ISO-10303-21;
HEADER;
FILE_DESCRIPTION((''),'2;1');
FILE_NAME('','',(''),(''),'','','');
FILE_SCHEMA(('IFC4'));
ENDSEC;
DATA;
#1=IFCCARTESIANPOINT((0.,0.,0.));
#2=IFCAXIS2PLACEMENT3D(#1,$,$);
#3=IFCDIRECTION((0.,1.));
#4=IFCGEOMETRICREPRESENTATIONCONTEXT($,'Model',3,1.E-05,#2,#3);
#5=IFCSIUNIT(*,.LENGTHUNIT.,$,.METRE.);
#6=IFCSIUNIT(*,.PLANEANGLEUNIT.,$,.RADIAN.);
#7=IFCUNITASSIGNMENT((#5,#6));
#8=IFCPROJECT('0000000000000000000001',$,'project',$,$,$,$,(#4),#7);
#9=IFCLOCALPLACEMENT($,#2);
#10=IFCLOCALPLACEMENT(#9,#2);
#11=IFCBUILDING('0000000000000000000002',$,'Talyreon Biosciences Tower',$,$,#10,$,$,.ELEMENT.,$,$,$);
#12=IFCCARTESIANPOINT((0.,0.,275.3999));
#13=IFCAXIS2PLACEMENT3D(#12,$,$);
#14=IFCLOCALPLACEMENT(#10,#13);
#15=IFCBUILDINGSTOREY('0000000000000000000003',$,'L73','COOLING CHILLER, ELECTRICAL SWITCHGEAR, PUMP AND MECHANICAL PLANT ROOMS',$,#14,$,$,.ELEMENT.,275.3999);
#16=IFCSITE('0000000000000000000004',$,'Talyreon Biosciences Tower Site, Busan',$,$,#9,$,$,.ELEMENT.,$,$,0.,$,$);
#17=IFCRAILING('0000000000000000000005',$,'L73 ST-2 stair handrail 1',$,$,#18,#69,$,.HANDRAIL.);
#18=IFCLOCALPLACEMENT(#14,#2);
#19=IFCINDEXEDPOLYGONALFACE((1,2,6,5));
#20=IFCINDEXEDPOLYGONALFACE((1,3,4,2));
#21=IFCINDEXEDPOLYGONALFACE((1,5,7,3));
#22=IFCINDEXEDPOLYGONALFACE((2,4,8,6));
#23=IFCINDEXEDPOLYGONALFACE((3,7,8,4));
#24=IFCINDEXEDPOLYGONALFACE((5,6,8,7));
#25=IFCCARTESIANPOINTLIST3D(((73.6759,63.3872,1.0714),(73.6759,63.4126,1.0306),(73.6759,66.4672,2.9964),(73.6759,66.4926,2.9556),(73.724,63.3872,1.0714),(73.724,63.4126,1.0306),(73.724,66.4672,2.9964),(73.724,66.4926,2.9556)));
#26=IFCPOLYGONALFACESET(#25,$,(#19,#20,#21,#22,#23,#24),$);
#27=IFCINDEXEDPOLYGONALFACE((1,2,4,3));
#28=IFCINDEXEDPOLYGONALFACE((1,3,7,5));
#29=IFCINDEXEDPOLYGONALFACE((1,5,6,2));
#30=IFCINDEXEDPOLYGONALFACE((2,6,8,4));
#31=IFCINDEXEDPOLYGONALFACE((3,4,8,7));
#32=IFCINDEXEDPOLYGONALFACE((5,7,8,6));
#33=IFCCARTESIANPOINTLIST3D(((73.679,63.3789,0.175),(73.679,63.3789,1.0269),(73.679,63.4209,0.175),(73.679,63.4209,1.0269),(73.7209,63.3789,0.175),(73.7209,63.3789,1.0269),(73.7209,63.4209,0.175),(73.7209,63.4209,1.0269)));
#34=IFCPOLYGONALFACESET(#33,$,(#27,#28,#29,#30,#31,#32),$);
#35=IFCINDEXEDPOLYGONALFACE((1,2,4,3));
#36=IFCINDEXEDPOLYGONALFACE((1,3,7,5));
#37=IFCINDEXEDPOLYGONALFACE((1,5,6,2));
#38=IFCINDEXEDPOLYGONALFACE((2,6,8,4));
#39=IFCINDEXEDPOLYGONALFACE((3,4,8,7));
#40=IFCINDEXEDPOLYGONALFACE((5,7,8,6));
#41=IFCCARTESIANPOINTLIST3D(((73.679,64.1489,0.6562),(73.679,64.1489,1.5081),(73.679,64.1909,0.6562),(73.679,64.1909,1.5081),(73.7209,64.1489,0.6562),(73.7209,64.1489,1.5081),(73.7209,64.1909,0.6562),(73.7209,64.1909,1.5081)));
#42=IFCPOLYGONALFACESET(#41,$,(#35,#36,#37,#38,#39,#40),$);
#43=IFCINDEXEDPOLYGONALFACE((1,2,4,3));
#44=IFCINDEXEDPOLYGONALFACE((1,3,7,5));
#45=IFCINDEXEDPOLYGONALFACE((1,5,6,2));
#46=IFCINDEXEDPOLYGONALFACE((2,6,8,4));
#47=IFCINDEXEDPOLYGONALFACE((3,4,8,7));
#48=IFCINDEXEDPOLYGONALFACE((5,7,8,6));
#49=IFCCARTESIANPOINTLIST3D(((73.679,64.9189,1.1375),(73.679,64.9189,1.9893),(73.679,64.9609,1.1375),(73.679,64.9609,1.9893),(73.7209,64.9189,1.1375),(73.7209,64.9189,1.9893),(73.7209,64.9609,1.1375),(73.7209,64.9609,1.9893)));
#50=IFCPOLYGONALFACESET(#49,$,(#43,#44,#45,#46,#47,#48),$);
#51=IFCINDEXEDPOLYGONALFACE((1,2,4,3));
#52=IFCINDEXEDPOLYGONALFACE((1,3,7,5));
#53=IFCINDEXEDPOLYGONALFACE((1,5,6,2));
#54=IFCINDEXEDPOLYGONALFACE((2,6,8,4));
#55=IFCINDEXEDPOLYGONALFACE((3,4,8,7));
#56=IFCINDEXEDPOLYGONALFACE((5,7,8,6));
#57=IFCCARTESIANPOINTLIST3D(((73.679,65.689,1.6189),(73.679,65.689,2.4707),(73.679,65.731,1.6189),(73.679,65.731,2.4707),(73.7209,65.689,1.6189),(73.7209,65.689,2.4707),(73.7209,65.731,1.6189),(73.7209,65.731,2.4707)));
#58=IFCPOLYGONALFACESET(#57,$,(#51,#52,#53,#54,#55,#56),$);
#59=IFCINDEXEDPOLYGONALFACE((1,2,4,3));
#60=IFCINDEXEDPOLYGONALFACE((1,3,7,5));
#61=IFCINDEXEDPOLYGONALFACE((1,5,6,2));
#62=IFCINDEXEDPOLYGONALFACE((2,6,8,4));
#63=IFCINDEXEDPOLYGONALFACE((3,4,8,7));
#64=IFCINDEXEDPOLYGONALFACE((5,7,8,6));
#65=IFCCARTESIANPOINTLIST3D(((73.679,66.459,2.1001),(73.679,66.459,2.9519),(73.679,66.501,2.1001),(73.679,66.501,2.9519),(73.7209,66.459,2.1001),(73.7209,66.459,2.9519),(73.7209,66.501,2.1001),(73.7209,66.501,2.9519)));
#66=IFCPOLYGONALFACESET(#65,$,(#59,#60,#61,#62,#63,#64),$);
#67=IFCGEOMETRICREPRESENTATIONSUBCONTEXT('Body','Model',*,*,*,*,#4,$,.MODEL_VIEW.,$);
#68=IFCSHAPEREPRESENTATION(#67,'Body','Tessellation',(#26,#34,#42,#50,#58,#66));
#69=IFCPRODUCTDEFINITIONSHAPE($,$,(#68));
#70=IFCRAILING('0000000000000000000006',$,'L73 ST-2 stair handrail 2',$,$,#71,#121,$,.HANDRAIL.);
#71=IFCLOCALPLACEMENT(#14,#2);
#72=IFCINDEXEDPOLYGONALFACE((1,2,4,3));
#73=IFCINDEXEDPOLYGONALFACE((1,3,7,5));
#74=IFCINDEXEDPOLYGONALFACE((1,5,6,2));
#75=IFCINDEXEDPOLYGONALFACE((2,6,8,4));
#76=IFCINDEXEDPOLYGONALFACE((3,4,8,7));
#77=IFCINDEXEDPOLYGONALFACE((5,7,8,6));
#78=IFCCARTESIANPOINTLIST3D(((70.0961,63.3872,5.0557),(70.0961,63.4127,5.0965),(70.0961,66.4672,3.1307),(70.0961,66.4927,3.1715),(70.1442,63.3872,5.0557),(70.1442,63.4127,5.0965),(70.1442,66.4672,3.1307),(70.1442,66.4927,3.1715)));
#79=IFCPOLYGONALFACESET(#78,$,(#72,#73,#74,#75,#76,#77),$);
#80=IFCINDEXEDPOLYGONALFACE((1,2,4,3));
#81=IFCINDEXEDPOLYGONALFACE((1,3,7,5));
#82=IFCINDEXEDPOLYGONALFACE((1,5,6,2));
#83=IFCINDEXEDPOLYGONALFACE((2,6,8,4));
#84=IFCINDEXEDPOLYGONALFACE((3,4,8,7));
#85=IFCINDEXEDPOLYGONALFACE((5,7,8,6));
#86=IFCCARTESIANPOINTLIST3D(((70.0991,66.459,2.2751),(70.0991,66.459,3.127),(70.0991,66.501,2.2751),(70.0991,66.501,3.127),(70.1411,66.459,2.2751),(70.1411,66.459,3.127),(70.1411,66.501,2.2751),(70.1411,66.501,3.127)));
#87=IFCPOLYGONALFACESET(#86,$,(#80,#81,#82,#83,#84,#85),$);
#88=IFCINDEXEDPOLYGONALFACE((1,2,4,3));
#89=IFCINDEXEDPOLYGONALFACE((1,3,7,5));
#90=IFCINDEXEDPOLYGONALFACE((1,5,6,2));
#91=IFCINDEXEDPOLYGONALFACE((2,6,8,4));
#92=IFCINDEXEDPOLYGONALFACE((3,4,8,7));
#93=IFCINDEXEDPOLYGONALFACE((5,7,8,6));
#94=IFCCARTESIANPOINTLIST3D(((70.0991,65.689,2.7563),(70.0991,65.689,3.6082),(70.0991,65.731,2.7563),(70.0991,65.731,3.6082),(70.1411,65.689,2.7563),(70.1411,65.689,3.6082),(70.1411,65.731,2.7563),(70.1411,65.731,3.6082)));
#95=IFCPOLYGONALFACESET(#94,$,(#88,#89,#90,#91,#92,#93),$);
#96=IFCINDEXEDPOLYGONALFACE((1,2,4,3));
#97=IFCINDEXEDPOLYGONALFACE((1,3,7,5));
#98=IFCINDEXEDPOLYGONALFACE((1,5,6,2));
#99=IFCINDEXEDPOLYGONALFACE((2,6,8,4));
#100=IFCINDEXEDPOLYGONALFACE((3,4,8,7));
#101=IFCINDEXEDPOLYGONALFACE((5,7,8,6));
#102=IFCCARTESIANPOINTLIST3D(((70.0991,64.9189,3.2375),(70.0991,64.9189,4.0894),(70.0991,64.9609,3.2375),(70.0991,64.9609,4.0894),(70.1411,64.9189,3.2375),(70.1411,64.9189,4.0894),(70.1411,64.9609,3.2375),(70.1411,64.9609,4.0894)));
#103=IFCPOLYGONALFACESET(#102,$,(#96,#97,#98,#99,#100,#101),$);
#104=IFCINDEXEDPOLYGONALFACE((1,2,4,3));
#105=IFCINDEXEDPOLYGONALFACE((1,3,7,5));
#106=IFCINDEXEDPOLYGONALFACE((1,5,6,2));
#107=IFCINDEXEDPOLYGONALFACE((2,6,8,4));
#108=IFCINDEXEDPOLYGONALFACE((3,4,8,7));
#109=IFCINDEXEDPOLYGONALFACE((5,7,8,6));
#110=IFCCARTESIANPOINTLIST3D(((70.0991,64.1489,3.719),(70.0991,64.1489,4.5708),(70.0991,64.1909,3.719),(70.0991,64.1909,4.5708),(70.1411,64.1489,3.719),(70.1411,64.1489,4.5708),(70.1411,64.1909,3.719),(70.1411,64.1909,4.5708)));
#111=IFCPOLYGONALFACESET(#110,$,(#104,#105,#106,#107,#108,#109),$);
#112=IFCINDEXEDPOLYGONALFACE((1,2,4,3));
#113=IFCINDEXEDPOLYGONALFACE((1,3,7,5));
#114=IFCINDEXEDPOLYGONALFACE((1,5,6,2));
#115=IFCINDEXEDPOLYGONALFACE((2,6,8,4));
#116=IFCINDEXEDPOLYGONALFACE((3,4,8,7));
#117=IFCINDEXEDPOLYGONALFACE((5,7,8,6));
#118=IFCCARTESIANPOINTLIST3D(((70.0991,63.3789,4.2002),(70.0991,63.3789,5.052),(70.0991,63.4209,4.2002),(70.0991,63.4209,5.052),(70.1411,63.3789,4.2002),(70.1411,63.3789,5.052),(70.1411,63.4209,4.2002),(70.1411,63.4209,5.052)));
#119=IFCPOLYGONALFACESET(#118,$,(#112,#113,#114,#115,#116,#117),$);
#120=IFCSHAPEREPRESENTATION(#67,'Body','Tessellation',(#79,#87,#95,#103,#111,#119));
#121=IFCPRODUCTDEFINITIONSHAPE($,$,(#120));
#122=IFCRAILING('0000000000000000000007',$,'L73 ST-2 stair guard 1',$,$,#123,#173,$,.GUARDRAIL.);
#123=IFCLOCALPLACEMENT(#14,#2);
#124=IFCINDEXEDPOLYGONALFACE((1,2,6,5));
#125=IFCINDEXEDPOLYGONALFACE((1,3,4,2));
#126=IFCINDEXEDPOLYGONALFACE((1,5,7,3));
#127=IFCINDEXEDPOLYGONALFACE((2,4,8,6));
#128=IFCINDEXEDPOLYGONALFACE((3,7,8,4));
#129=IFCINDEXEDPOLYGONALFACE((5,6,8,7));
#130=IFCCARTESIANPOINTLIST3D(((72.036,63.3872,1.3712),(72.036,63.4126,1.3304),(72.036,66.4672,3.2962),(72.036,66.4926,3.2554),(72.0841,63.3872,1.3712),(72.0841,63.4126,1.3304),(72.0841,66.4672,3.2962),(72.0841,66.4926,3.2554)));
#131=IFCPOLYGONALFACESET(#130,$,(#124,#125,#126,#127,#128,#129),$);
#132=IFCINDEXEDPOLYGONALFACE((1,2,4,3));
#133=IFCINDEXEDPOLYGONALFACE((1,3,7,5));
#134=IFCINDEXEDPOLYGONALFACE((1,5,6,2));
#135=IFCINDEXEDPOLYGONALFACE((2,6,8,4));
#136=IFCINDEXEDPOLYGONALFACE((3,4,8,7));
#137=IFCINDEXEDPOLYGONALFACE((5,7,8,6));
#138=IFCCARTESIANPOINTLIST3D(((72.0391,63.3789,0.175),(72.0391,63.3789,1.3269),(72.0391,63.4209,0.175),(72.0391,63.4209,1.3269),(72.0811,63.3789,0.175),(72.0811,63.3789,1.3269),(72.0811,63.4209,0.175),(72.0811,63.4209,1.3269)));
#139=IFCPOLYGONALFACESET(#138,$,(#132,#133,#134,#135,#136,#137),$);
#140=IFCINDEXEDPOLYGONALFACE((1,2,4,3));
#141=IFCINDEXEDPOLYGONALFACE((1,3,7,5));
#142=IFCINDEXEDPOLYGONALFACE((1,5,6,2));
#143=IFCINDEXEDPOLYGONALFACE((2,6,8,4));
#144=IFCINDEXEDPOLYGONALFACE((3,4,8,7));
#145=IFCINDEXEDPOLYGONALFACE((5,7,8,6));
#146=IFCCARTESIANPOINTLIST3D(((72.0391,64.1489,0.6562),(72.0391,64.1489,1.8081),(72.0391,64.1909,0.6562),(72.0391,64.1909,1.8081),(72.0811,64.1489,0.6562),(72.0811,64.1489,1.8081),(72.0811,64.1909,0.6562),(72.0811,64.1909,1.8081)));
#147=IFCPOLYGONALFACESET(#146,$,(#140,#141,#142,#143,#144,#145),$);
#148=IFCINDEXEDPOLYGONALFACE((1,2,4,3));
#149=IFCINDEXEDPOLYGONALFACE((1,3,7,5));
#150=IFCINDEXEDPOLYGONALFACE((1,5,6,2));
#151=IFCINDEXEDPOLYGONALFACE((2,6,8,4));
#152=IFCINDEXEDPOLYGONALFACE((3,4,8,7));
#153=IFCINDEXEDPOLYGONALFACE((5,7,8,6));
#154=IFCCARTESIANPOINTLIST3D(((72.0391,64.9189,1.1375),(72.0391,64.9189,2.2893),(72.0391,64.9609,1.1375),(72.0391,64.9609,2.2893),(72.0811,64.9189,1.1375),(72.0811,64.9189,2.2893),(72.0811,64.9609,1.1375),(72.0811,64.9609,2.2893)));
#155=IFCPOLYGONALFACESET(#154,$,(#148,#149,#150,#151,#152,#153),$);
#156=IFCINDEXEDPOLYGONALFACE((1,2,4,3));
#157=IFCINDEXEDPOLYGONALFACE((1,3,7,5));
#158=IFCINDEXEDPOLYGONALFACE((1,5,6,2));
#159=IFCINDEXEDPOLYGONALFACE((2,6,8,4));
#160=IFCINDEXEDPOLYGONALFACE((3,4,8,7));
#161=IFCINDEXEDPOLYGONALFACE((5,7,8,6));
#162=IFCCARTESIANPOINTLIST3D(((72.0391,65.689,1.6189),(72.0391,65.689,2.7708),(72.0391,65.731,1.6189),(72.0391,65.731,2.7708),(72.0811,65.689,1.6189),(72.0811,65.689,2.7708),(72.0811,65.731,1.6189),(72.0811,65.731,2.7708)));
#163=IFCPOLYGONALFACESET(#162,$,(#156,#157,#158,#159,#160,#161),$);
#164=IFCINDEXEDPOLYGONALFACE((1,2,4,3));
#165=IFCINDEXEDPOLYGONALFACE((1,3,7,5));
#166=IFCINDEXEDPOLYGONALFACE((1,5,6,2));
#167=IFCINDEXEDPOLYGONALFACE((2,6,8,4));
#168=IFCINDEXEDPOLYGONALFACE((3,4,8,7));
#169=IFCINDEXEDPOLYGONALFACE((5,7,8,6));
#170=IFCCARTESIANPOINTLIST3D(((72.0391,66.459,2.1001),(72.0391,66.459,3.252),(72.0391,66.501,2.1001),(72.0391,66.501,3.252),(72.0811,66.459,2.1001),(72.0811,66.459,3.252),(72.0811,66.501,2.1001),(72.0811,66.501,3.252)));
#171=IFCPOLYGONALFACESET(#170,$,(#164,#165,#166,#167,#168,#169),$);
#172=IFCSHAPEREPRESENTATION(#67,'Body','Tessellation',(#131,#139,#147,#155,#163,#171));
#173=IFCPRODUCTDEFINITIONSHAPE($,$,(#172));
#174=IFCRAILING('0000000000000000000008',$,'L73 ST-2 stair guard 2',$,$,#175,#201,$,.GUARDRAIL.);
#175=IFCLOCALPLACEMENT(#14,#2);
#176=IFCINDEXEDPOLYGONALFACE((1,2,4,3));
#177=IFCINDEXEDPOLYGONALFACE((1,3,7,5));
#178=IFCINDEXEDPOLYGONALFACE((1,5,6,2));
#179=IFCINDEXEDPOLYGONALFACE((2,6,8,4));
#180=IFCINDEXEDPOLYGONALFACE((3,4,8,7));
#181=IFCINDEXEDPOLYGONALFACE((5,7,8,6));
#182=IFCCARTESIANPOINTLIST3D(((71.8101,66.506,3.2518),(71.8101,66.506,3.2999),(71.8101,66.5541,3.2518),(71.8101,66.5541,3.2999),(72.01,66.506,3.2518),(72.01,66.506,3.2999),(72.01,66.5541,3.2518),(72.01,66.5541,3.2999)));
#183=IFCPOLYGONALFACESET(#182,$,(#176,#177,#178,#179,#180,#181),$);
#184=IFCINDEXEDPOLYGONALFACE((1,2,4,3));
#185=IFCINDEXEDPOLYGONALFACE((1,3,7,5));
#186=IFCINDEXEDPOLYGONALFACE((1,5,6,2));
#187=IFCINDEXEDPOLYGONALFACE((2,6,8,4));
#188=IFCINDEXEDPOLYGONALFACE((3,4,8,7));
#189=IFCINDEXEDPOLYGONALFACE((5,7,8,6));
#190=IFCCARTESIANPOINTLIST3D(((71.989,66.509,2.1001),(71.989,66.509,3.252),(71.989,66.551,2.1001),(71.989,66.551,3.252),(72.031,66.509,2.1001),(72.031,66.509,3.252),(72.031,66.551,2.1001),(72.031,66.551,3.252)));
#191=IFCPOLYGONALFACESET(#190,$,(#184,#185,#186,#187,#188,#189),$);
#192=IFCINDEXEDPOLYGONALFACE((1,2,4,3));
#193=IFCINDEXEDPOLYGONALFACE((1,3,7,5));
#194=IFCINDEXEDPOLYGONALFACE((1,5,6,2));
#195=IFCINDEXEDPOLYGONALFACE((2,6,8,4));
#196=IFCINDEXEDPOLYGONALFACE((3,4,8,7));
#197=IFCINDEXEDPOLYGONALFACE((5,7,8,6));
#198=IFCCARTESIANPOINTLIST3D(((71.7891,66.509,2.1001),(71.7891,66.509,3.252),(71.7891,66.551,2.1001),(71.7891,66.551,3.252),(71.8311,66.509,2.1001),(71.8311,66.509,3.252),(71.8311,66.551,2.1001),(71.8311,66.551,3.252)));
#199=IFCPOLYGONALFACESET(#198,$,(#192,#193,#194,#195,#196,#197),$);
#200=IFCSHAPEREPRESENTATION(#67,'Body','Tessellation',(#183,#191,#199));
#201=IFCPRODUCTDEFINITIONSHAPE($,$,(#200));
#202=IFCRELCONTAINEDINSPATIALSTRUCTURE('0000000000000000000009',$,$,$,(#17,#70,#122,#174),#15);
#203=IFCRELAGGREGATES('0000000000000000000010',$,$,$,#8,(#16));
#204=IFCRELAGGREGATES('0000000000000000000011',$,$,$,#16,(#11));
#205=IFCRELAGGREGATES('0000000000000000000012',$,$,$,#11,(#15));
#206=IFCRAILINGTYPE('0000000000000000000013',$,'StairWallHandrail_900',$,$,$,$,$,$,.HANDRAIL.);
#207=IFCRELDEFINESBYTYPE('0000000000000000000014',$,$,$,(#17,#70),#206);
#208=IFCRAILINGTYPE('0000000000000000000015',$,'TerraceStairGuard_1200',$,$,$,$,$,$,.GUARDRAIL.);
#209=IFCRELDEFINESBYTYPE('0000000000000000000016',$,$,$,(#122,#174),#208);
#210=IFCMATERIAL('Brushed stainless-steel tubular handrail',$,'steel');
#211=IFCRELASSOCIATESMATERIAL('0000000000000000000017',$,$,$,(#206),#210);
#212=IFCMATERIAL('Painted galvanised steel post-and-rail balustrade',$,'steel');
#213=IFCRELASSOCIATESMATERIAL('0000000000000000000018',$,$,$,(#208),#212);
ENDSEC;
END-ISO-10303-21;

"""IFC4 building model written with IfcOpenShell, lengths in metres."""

from ifc_helpers import new_model, si_unit, direction, frame, origin, origin_2d, place, context, subcontext, project, spatial, rectangle, extrude, material, type_object, element, save


model = new_model("IFC4")

# Units and contexts
model_context = context("Model", 3, precision=1e-05, world=origin(), true_north=direction((0.0, 1.0)))
body_context = subcontext(model_context, "Body", "Model", "MODEL_VIEW")
ifc_project = project(units=[si_unit("LENGTHUNIT", "METRE"), si_unit("PLANEANGLEUNIT", "RADIAN")], contexts=[model_context])

# Site, building, storey
site_placement = place(None, origin())
site = spatial("IfcSite", under=ifc_project, at=site_placement, Name="Talyreon Biosciences Tower Site, Busan", CompositionType="ELEMENT", RefElevation=0.0)
building_placement = place(site_placement, origin())
building = spatial("IfcBuilding", under=site, at=building_placement, Name="Talyreon Biosciences Tower", CompositionType="ELEMENT")
storey_placement = place(building_placement, frame((0.0, 0.0, 275.3999)))
storey = spatial("IfcBuildingStorey", under=building, at=storey_placement, Name="L73", Description="COOLING CHILLER, ELECTRICAL SWITCHGEAR, PUMP AND MECHANICAL PLANT ROOMS", CompositionType="ELEMENT", Elevation=275.3999)

# Railings
ifc_material_1 = material(Name="Brushed stainless-steel tubular handrail", Category="steel")
railing_type_1 = type_object("IfcRailingType", Name="StairWallHandrail_900", PredefinedType="HANDRAIL", material=ifc_material_1)
railing_1_placement = place(storey_placement, frame((73.7, 63.3999, 0.175)))
element("IfcRailing", 1, at=railing_1_placement, inside=storey, type_object=railing_type_1, Name="L73 ST-2 stair handrail 1", PredefinedType="HANDRAIL", context=body_context, shape_type="SweptSolid", body=[
    extrude(rectangle(XDim=0.0481, YDim=0.0481, at=origin_2d()), frame((0.0, 0.0, 0.876), z_axis=(0.0, 0.847998, 0.529999), x_axis=(-1.0, 0.0, 0.0)), (0.0, 0.0, 1.0), 3.6321),
    extrude(rectangle(XDim=0.042, YDim=0.042, at=origin_2d()), origin(), (0.0, 0.0, 1.0), 0.8518),
    extrude(rectangle(XDim=0.042, YDim=0.042, at=origin_2d()), frame((0.0, 0.77, 0.4812)), (0.0, 0.0, 1.0), 0.8518),
    extrude(rectangle(XDim=0.042, YDim=0.042, at=origin_2d()), frame((0.0, 1.54, 0.9624)), (0.0, 0.0, 1.0), 0.8518),
    extrude(rectangle(XDim=0.042, YDim=0.042, at=origin_2d()), frame((0.0, 2.3101, 1.4438)), (0.0, 0.0, 1.0), 0.8518),
    extrude(rectangle(XDim=0.042, YDim=0.042, at=origin_2d()), frame((0.0, 3.0801, 1.925)), (0.0, 0.0, 1.0), 0.8518),
])
railing_2_placement = place(storey_placement, frame((70.1201, 66.48, 2.2751)))
element("IfcRailing", 2, at=railing_2_placement, inside=storey, type_object=railing_type_1, Name="L73 ST-2 stair handrail 2", PredefinedType="HANDRAIL", context=body_context, shape_type="SweptSolid", body=[
    extrude(rectangle(XDim=0.0481, YDim=0.0481, at=origin_2d()), frame((0.0, 0.0, 0.876), z_axis=(0.0, -0.847998, 0.529999), x_axis=(1.0, 0.0, 0.0)), (0.0, 0.0, 1.0), 3.6321),
    extrude(rectangle(XDim=0.042, YDim=0.042, at=origin_2d()), origin(), (0.0, 0.0, 1.0), 0.8518),
    extrude(rectangle(XDim=0.042, YDim=0.042, at=origin_2d()), frame((0.0, -0.77, 0.4812)), (0.0, 0.0, 1.0), 0.8518),
    extrude(rectangle(XDim=0.042, YDim=0.042, at=origin_2d()), frame((0.0, -1.54, 0.9624)), (0.0, 0.0, 1.0), 0.8518),
    extrude(rectangle(XDim=0.042, YDim=0.042, at=origin_2d()), frame((0.0, -2.3101, 1.4438)), (0.0, 0.0, 1.0), 0.8518),
    extrude(rectangle(XDim=0.042, YDim=0.042, at=origin_2d()), frame((0.0, -3.0801, 1.925)), (0.0, 0.0, 1.0), 0.8518),
])
ifc_material_2 = material(Name="Painted galvanised steel post-and-rail balustrade", Category="steel")
railing_type_2 = type_object("IfcRailingType", Name="TerraceStairGuard_1200", PredefinedType="GUARDRAIL", material=ifc_material_2)
railing_3_placement = place(storey_placement, frame((72.0601, 63.3999, 0.175)))
element("IfcRailing", 3, at=railing_3_placement, inside=storey, type_object=railing_type_2, Name="L73 ST-2 stair guard 1", PredefinedType="GUARDRAIL", context=body_context, shape_type="SweptSolid", body=[
    extrude(rectangle(XDim=0.0481, YDim=0.0481, at=origin_2d()), frame((0.0, 0.0, 1.1758), z_axis=(0.0, 0.847998, 0.529999), x_axis=(-1.0, 0.0, 0.0)), (0.0, 0.0, 1.0), 3.6321),
    extrude(rectangle(XDim=0.042, YDim=0.042, at=origin_2d()), origin(), (0.0, 0.0, 1.0), 1.1519),
    extrude(rectangle(XDim=0.042, YDim=0.042, at=origin_2d()), frame((0.0, 0.77, 0.4812)), (0.0, 0.0, 1.0), 1.1519),
    extrude(rectangle(XDim=0.042, YDim=0.042, at=origin_2d()), frame((0.0, 1.54, 0.9624)), (0.0, 0.0, 1.0), 1.1519),
    extrude(rectangle(XDim=0.042, YDim=0.042, at=origin_2d()), frame((0.0, 2.3101, 1.4438)), (0.0, 0.0, 1.0), 1.1519),
    extrude(rectangle(XDim=0.042, YDim=0.042, at=origin_2d()), frame((0.0, 3.0801, 1.925)), (0.0, 0.0, 1.0), 1.1519),
])
railing_4_placement = place(storey_placement, frame((72.01, 66.53, 2.1001)))
element("IfcRailing", 4, at=railing_4_placement, inside=storey, type_object=railing_type_2, Name="L73 ST-2 stair guard 2", PredefinedType="GUARDRAIL", context=body_context, shape_type="SweptSolid", body=[
    extrude(rectangle(XDim=0.0481, YDim=0.0481, at=origin_2d()), frame((0.0, 0.0, 1.1758), z_axis=(-1.0, 0.0, 0.0), x_axis=(0.0, -1.0, 0.0)), (0.0, 0.0, 1.0), 0.2),
    extrude(rectangle(XDim=0.042, YDim=0.042, at=origin_2d()), origin(), (0.0, 0.0, 1.0), 1.1519),
    extrude(rectangle(XDim=0.042, YDim=0.042, at=origin_2d()), frame((-0.2, 0.0, 0.0)), (0.0, 0.0, 1.0), 1.1519),
])

save(model, "model.ifc")
